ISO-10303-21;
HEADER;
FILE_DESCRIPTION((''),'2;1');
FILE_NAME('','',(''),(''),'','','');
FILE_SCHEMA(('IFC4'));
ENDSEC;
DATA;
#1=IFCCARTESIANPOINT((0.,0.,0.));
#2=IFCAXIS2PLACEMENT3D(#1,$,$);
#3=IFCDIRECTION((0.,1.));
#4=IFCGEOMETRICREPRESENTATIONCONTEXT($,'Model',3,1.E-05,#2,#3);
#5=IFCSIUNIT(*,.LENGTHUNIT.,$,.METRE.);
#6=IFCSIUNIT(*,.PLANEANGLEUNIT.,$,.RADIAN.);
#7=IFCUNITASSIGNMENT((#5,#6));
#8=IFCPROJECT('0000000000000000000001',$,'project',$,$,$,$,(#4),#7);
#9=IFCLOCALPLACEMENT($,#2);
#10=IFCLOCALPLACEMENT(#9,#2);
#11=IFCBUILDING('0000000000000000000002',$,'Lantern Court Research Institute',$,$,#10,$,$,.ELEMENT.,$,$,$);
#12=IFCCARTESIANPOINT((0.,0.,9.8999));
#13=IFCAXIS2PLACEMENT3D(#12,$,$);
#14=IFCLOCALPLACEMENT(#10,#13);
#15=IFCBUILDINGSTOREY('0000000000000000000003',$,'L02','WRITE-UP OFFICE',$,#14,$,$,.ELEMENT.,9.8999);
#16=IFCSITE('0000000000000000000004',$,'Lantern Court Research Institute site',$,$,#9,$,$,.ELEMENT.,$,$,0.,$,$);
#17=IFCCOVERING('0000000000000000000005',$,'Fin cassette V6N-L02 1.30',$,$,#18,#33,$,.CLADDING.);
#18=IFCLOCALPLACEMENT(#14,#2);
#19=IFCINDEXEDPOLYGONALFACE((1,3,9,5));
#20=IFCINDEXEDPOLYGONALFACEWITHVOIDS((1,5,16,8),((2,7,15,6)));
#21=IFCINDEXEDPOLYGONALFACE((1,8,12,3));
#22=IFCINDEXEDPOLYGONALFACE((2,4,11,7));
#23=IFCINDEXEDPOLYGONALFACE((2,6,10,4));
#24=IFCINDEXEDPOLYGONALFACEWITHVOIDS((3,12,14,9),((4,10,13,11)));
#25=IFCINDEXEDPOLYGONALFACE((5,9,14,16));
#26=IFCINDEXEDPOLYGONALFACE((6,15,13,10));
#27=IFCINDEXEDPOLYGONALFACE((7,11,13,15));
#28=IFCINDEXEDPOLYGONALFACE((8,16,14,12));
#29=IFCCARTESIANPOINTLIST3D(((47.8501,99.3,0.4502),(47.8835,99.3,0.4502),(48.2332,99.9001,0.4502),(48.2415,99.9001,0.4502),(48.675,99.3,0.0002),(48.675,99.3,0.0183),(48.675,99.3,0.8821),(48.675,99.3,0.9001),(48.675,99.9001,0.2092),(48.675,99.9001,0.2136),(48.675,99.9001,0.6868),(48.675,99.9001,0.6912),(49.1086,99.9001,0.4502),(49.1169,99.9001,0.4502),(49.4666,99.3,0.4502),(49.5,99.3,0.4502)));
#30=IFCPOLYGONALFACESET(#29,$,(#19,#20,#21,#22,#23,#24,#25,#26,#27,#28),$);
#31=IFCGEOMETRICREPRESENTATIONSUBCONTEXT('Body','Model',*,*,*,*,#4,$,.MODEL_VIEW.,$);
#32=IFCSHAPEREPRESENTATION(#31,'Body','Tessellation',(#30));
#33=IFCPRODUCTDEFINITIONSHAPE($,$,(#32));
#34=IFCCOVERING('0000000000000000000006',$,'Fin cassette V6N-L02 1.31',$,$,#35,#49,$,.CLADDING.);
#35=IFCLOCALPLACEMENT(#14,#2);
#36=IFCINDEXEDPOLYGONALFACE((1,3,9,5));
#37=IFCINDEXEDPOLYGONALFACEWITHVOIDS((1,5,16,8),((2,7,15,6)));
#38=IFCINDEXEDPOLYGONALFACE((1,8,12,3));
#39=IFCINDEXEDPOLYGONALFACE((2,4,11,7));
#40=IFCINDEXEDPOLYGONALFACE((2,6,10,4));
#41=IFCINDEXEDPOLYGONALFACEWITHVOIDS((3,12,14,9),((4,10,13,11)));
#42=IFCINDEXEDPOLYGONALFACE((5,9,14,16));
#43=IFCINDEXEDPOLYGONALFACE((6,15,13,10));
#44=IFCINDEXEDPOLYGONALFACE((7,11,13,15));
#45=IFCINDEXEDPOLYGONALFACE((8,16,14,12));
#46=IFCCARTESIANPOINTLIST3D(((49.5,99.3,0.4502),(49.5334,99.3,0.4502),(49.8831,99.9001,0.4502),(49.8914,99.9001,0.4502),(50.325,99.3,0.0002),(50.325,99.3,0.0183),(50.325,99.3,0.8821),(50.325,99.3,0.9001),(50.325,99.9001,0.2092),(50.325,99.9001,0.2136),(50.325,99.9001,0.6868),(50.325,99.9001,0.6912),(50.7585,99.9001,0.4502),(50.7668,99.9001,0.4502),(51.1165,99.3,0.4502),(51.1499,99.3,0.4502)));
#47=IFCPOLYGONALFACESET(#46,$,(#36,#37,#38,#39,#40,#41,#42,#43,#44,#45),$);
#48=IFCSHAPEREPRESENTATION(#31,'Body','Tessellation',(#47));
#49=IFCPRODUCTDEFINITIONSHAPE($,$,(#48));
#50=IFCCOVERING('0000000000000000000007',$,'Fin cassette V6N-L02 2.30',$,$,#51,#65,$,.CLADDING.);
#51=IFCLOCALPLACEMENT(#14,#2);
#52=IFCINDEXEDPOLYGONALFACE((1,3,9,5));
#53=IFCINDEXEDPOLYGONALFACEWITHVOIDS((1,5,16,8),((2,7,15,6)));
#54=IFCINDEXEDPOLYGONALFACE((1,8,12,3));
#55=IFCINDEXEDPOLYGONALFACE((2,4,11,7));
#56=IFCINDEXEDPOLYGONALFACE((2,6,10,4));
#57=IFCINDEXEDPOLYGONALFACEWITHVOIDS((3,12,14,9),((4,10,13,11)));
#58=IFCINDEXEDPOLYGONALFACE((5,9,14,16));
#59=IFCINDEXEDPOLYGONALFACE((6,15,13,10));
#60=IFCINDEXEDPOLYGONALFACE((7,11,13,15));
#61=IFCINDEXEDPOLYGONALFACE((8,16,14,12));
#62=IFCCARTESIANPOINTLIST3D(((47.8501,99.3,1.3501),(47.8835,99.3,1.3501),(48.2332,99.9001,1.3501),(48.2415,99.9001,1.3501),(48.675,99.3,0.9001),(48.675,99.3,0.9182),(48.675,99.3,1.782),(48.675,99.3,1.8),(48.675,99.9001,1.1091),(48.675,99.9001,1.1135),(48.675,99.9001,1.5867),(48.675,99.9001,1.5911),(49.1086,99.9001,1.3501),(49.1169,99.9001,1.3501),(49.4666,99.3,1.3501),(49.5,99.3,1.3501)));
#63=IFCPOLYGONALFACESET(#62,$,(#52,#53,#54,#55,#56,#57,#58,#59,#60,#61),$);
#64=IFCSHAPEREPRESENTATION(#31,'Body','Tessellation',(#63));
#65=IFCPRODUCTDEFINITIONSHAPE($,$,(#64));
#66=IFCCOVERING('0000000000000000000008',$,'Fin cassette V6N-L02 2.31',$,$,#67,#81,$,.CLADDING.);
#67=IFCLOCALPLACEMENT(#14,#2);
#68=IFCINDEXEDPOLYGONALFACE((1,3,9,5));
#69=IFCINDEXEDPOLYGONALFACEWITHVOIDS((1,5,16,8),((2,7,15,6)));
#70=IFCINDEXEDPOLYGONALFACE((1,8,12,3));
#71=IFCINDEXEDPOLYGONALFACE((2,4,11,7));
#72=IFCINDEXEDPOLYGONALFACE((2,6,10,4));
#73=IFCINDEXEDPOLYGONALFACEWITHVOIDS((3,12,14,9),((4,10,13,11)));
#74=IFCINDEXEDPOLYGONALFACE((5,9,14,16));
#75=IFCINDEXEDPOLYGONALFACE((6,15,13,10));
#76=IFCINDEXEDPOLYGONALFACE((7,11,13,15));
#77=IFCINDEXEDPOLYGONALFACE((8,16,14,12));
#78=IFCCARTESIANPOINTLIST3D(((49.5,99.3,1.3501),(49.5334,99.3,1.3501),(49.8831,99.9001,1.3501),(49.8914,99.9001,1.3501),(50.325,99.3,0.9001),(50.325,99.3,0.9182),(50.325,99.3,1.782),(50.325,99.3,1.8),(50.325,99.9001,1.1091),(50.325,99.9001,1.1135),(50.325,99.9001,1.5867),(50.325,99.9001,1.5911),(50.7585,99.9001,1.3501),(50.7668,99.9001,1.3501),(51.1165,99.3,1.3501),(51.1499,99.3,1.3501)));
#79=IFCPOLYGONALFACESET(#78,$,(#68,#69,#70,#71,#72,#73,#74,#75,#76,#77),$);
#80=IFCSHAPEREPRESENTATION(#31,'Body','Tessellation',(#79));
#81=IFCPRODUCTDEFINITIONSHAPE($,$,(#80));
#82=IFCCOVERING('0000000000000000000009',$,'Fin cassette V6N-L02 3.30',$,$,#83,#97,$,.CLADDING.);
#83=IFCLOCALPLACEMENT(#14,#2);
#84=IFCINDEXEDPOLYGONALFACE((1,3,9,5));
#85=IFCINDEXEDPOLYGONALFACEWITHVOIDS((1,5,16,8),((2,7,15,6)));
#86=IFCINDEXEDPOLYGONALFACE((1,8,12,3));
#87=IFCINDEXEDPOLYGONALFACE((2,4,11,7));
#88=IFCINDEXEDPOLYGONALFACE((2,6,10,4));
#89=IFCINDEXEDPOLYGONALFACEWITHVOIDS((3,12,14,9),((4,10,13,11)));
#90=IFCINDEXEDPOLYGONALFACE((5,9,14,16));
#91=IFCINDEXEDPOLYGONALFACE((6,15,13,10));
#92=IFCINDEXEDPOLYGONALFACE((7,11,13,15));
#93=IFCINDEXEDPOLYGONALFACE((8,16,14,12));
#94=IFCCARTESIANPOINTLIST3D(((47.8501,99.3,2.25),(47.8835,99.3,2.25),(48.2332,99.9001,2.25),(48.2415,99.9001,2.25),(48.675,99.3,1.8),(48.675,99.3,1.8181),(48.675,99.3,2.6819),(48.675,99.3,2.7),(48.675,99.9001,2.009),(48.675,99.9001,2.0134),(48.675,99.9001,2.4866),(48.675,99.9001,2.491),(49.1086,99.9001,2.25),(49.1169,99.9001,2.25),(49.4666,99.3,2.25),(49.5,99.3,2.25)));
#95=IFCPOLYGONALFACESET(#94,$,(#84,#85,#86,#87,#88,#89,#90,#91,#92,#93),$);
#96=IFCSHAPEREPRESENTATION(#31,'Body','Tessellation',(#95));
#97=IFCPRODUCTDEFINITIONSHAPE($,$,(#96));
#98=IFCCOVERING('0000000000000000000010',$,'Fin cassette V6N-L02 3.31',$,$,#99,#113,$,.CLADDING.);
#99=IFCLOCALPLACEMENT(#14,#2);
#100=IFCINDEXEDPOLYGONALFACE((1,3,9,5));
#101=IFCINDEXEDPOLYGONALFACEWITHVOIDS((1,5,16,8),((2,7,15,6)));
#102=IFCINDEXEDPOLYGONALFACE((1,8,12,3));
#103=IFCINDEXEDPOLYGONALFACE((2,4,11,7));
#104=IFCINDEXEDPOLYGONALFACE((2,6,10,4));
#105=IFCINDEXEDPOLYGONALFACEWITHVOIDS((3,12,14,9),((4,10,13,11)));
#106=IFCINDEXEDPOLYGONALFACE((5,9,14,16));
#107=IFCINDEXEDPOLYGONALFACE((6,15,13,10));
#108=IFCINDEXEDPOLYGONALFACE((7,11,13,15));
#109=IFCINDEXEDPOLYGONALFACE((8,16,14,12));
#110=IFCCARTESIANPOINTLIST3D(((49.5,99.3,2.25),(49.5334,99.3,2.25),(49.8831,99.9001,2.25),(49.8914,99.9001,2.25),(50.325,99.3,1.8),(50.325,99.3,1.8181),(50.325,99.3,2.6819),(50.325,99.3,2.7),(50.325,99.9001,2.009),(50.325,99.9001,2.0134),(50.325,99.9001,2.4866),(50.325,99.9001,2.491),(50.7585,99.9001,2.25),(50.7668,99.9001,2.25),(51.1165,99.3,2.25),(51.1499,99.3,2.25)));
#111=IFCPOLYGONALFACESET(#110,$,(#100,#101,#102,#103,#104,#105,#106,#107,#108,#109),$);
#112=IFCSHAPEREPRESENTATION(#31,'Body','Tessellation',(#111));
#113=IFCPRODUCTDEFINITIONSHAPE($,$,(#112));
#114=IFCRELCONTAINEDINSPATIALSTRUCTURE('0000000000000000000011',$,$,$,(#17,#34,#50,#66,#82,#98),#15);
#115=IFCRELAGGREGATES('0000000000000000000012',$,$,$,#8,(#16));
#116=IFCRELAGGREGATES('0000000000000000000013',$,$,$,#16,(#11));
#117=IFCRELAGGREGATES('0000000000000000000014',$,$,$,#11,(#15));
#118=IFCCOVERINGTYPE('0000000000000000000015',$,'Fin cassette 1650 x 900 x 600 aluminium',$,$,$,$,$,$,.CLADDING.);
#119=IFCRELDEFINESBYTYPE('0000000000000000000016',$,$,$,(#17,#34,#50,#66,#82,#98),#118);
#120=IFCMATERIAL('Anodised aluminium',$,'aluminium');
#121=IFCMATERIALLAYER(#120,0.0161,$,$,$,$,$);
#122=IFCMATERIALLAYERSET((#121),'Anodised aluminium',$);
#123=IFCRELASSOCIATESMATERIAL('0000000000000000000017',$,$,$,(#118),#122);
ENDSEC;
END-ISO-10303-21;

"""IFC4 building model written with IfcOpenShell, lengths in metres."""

from ifc_helpers import new_model, entity, si_unit, direction, frame, origin, place, context, subcontext, project, spatial, material, layer, layer_set, type_object, element, save


model = new_model("IFC4")

# Units and contexts
model_context = context("Model", 3, precision=1e-05, world=origin(), true_north=direction((0.0, 1.0)))
body_context = subcontext(model_context, "Body", "Model", "MODEL_VIEW")
ifc_project = project(units=[si_unit("LENGTHUNIT", "METRE"), si_unit("PLANEANGLEUNIT", "RADIAN")], contexts=[model_context])

# Site, building, storey
site_placement = place(None, origin())
site = spatial("IfcSite", under=ifc_project, at=site_placement, Name="Lantern Court Research Institute site", CompositionType="ELEMENT", RefElevation=0.0)
building_placement = place(site_placement, origin())
building = spatial("IfcBuilding", under=site, at=building_placement, Name="Lantern Court Research Institute", CompositionType="ELEMENT")
storey_placement = place(building_placement, frame((0.0, 0.0, 9.8999)))
storey = spatial("IfcBuildingStorey", under=building, at=storey_placement, Name="L02", Description="WRITE-UP OFFICE", CompositionType="ELEMENT", Elevation=9.8999)

# Coverings
ifc_material_1 = material(Name="Anodised aluminium", Category="aluminium")
ifc_layer_1 = layer(ifc_material_1, 0.0161)
ifc_layer_set_1 = layer_set([ifc_layer_1], Name="Anodised aluminium")
covering_type_1 = type_object("IfcCoveringType", Name="Fin cassette 1650 x 900 x 600 aluminium", PredefinedType="CLADDING", material=ifc_layer_set_1)
covering_1_placement = place(storey_placement, frame((48.675, 99.3, 0.4502), z_axis=(0.0, 1.0, 0.0), x_axis=(-1.0, 0.0, 0.0)))
cartesian_point_1 = entity("IfcCartesianPoint", [0.825, 0.0])
cartesian_point_2 = entity("IfcCartesianPoint", [0.7915, 0.0])
cartesian_point_3 = entity("IfcCartesianPoint", [0.4419, 0.0])
cartesian_point_4 = entity("IfcCartesianPoint", [0.4336, 0.0])
element("IfcCovering", 1, at=covering_1_placement, inside=storey, type_object=covering_type_1, Name="Fin cassette V6N-L02 1.30", PredefinedType="CLADDING", context=body_context, shape_type="SweptSolid", body=[
    entity("IfcExtrudedAreaSolidTapered", entity("IfcArbitraryProfileDefWithVoids", "AREA", None, entity("IfcPolyline", [cartesian_point_1, entity("IfcCartesianPoint", [0.0, 0.45]), entity("IfcCartesianPoint", [-0.825, 0.0]), entity("IfcCartesianPoint", [0.0, -0.45]), cartesian_point_1]), [entity("IfcPolyline", [cartesian_point_2, entity("IfcCartesianPoint", [0.0, 0.4319]), entity("IfcCartesianPoint", [-0.7915, 0.0]), entity("IfcCartesianPoint", [0.0, -0.4319]), cartesian_point_2])]), entity("IfcAxis2Placement3D", entity("IfcCartesianPoint", [0.0, 0.0, 0.0])), entity("IfcDirection", [0.0, 0.0, 1.0]), 0.6001, entity("IfcArbitraryProfileDefWithVoids", "AREA", None, entity("IfcPolyline", [cartesian_point_3, entity("IfcCartesianPoint", [0.0, 0.241]), entity("IfcCartesianPoint", [-0.4419, 0.0]), entity("IfcCartesianPoint", [0.0, -0.241]), cartesian_point_3]), [entity("IfcPolyline", [cartesian_point_4, entity("IfcCartesianPoint", [0.0, 0.2366]), entity("IfcCartesianPoint", [-0.4336, 0.0]), entity("IfcCartesianPoint", [0.0, -0.2366]), cartesian_point_4])])),
])
covering_2_placement = place(storey_placement, frame((50.325, 99.3, 0.4502), z_axis=(0.0, 1.0, 0.0), x_axis=(-1.0, 0.0, 0.0)))
cartesian_point_5 = entity("IfcCartesianPoint", [0.825, 0.0])
cartesian_point_6 = entity("IfcCartesianPoint", [0.7915, 0.0])
cartesian_point_7 = entity("IfcCartesianPoint", [0.4419, 0.0])
cartesian_point_8 = entity("IfcCartesianPoint", [0.4336, 0.0])
element("IfcCovering", 2, at=covering_2_placement, inside=storey, type_object=covering_type_1, Name="Fin cassette V6N-L02 1.31", PredefinedType="CLADDING", context=body_context, shape_type="SweptSolid", body=[
    entity("IfcExtrudedAreaSolidTapered", entity("IfcArbitraryProfileDefWithVoids", "AREA", None, entity("IfcPolyline", [cartesian_point_5, entity("IfcCartesianPoint", [0.0, 0.45]), entity("IfcCartesianPoint", [-0.825, 0.0]), entity("IfcCartesianPoint", [0.0, -0.45]), cartesian_point_5]), [entity("IfcPolyline", [cartesian_point_6, entity("IfcCartesianPoint", [0.0, 0.4319]), entity("IfcCartesianPoint", [-0.7915, 0.0]), entity("IfcCartesianPoint", [0.0, -0.4319]), cartesian_point_6])]), entity("IfcAxis2Placement3D", entity("IfcCartesianPoint", [0.0, 0.0, 0.0])), entity("IfcDirection", [0.0, 0.0, 1.0]), 0.6001, entity("IfcArbitraryProfileDefWithVoids", "AREA", None, entity("IfcPolyline", [cartesian_point_7, entity("IfcCartesianPoint", [0.0, 0.241]), entity("IfcCartesianPoint", [-0.4419, 0.0]), entity("IfcCartesianPoint", [0.0, -0.241]), cartesian_point_7]), [entity("IfcPolyline", [cartesian_point_8, entity("IfcCartesianPoint", [0.0, 0.2366]), entity("IfcCartesianPoint", [-0.4336, 0.0]), entity("IfcCartesianPoint", [0.0, -0.2366]), cartesian_point_8])])),
])
covering_3_placement = place(storey_placement, frame((48.675, 99.3, 1.3501), z_axis=(0.0, 1.0, 0.0), x_axis=(-1.0, 0.0, 0.0)))
cartesian_point_9 = entity("IfcCartesianPoint", [0.825, 0.0])
cartesian_point_10 = entity("IfcCartesianPoint", [0.7915, 0.0])
cartesian_point_11 = entity("IfcCartesianPoint", [0.4419, 0.0])
cartesian_point_12 = entity("IfcCartesianPoint", [0.4336, 0.0])
element("IfcCovering", 3, at=covering_3_placement, inside=storey, type_object=covering_type_1, Name="Fin cassette V6N-L02 2.30", PredefinedType="CLADDING", context=body_context, shape_type="SweptSolid", body=[
    entity("IfcExtrudedAreaSolidTapered", entity("IfcArbitraryProfileDefWithVoids", "AREA", None, entity("IfcPolyline", [cartesian_point_9, entity("IfcCartesianPoint", [0.0, 0.45]), entity("IfcCartesianPoint", [-0.825, 0.0]), entity("IfcCartesianPoint", [0.0, -0.45]), cartesian_point_9]), [entity("IfcPolyline", [cartesian_point_10, entity("IfcCartesianPoint", [0.0, 0.4319]), entity("IfcCartesianPoint", [-0.7915, 0.0]), entity("IfcCartesianPoint", [0.0, -0.4319]), cartesian_point_10])]), entity("IfcAxis2Placement3D", entity("IfcCartesianPoint", [0.0, 0.0, 0.0])), entity("IfcDirection", [0.0, 0.0, 1.0]), 0.6001, entity("IfcArbitraryProfileDefWithVoids", "AREA", None, entity("IfcPolyline", [cartesian_point_11, entity("IfcCartesianPoint", [0.0, 0.241]), entity("IfcCartesianPoint", [-0.4419, 0.0]), entity("IfcCartesianPoint", [0.0, -0.241]), cartesian_point_11]), [entity("IfcPolyline", [cartesian_point_12, entity("IfcCartesianPoint", [0.0, 0.2366]), entity("IfcCartesianPoint", [-0.4336, 0.0]), entity("IfcCartesianPoint", [0.0, -0.2366]), cartesian_point_12])])),
])
covering_4_placement = place(storey_placement, frame((50.325, 99.3, 1.3501), z_axis=(0.0, 1.0, 0.0), x_axis=(-1.0, 0.0, 0.0)))
cartesian_point_13 = entity("IfcCartesianPoint", [0.825, 0.0])
cartesian_point_14 = entity("IfcCartesianPoint", [0.7915, 0.0])
cartesian_point_15 = entity("IfcCartesianPoint", [0.4419, 0.0])
cartesian_point_16 = entity("IfcCartesianPoint", [0.4336, 0.0])
element("IfcCovering", 4, at=covering_4_placement, inside=storey, type_object=covering_type_1, Name="Fin cassette V6N-L02 2.31", PredefinedType="CLADDING", context=body_context, shape_type="SweptSolid", body=[
    entity("IfcExtrudedAreaSolidTapered", entity("IfcArbitraryProfileDefWithVoids", "AREA", None, entity("IfcPolyline", [cartesian_point_13, entity("IfcCartesianPoint", [0.0, 0.45]), entity("IfcCartesianPoint", [-0.825, 0.0]), entity("IfcCartesianPoint", [0.0, -0.45]), cartesian_point_13]), [entity("IfcPolyline", [cartesian_point_14, entity("IfcCartesianPoint", [0.0, 0.4319]), entity("IfcCartesianPoint", [-0.7915, 0.0]), entity("IfcCartesianPoint", [0.0, -0.4319]), cartesian_point_14])]), entity("IfcAxis2Placement3D", entity("IfcCartesianPoint", [0.0, 0.0, 0.0])), entity("IfcDirection", [0.0, 0.0, 1.0]), 0.6001, entity("IfcArbitraryProfileDefWithVoids", "AREA", None, entity("IfcPolyline", [cartesian_point_15, entity("IfcCartesianPoint", [0.0, 0.241]), entity("IfcCartesianPoint", [-0.4419, 0.0]), entity("IfcCartesianPoint", [0.0, -0.241]), cartesian_point_15]), [entity("IfcPolyline", [cartesian_point_16, entity("IfcCartesianPoint", [0.0, 0.2366]), entity("IfcCartesianPoint", [-0.4336, 0.0]), entity("IfcCartesianPoint", [0.0, -0.2366]), cartesian_point_16])])),
])
covering_5_placement = place(storey_placement, frame((48.675, 99.3, 2.25), z_axis=(0.0, 1.0, 0.0), x_axis=(-1.0, 0.0, 0.0)))
cartesian_point_17 = entity("IfcCartesianPoint", [0.825, 0.0])
cartesian_point_18 = entity("IfcCartesianPoint", [0.7915, 0.0])
cartesian_point_19 = entity("IfcCartesianPoint", [0.4419, 0.0])
cartesian_point_20 = entity("IfcCartesianPoint", [0.4336, 0.0])
element("IfcCovering", 5, at=covering_5_placement, inside=storey, type_object=covering_type_1, Name="Fin cassette V6N-L02 3.30", PredefinedType="CLADDING", context=body_context, shape_type="SweptSolid", body=[
    entity("IfcExtrudedAreaSolidTapered", entity("IfcArbitraryProfileDefWithVoids", "AREA", None, entity("IfcPolyline", [cartesian_point_17, entity("IfcCartesianPoint", [0.0, 0.45]), entity("IfcCartesianPoint", [-0.825, 0.0]), entity("IfcCartesianPoint", [0.0, -0.45]), cartesian_point_17]), [entity("IfcPolyline", [cartesian_point_18, entity("IfcCartesianPoint", [0.0, 0.4319]), entity("IfcCartesianPoint", [-0.7915, 0.0]), entity("IfcCartesianPoint", [0.0, -0.4319]), cartesian_point_18])]), entity("IfcAxis2Placement3D", entity("IfcCartesianPoint", [0.0, 0.0, 0.0])), entity("IfcDirection", [0.0, 0.0, 1.0]), 0.6001, entity("IfcArbitraryProfileDefWithVoids", "AREA", None, entity("IfcPolyline", [cartesian_point_19, entity("IfcCartesianPoint", [0.0, 0.241]), entity("IfcCartesianPoint", [-0.4419, 0.0]), entity("IfcCartesianPoint", [0.0, -0.241]), cartesian_point_19]), [entity("IfcPolyline", [cartesian_point_20, entity("IfcCartesianPoint", [0.0, 0.2366]), entity("IfcCartesianPoint", [-0.4336, 0.0]), entity("IfcCartesianPoint", [0.0, -0.2366]), cartesian_point_20])])),
])
covering_6_placement = place(storey_placement, frame((50.325, 99.3, 2.25), z_axis=(0.0, 1.0, 0.0), x_axis=(-1.0, 0.0, 0.0)))
cartesian_point_21 = entity("IfcCartesianPoint", [0.825, 0.0])
cartesian_point_22 = entity("IfcCartesianPoint", [0.7915, 0.0])
cartesian_point_23 = entity("IfcCartesianPoint", [0.4419, 0.0])
cartesian_point_24 = entity("IfcCartesianPoint", [0.4336, 0.0])
element("IfcCovering", 6, at=covering_6_placement, inside=storey, type_object=covering_type_1, Name="Fin cassette V6N-L02 3.31", PredefinedType="CLADDING", context=body_context, shape_type="SweptSolid", body=[
    entity("IfcExtrudedAreaSolidTapered", entity("IfcArbitraryProfileDefWithVoids", "AREA", None, entity("IfcPolyline", [cartesian_point_21, entity("IfcCartesianPoint", [0.0, 0.45]), entity("IfcCartesianPoint", [-0.825, 0.0]), entity("IfcCartesianPoint", [0.0, -0.45]), cartesian_point_21]), [entity("IfcPolyline", [cartesian_point_22, entity("IfcCartesianPoint", [0.0, 0.4319]), entity("IfcCartesianPoint", [-0.7915, 0.0]), entity("IfcCartesianPoint", [0.0, -0.4319]), cartesian_point_22])]), entity("IfcAxis2Placement3D", entity("IfcCartesianPoint", [0.0, 0.0, 0.0])), entity("IfcDirection", [0.0, 0.0, 1.0]), 0.6001, entity("IfcArbitraryProfileDefWithVoids", "AREA", None, entity("IfcPolyline", [cartesian_point_23, entity("IfcCartesianPoint", [0.0, 0.241]), entity("IfcCartesianPoint", [-0.4419, 0.0]), entity("IfcCartesianPoint", [0.0, -0.241]), cartesian_point_23]), [entity("IfcPolyline", [cartesian_point_24, entity("IfcCartesianPoint", [0.0, 0.2366]), entity("IfcCartesianPoint", [-0.4336, 0.0]), entity("IfcCartesianPoint", [0.0, -0.2366]), cartesian_point_24])])),
])

save(model, "model.ifc")
